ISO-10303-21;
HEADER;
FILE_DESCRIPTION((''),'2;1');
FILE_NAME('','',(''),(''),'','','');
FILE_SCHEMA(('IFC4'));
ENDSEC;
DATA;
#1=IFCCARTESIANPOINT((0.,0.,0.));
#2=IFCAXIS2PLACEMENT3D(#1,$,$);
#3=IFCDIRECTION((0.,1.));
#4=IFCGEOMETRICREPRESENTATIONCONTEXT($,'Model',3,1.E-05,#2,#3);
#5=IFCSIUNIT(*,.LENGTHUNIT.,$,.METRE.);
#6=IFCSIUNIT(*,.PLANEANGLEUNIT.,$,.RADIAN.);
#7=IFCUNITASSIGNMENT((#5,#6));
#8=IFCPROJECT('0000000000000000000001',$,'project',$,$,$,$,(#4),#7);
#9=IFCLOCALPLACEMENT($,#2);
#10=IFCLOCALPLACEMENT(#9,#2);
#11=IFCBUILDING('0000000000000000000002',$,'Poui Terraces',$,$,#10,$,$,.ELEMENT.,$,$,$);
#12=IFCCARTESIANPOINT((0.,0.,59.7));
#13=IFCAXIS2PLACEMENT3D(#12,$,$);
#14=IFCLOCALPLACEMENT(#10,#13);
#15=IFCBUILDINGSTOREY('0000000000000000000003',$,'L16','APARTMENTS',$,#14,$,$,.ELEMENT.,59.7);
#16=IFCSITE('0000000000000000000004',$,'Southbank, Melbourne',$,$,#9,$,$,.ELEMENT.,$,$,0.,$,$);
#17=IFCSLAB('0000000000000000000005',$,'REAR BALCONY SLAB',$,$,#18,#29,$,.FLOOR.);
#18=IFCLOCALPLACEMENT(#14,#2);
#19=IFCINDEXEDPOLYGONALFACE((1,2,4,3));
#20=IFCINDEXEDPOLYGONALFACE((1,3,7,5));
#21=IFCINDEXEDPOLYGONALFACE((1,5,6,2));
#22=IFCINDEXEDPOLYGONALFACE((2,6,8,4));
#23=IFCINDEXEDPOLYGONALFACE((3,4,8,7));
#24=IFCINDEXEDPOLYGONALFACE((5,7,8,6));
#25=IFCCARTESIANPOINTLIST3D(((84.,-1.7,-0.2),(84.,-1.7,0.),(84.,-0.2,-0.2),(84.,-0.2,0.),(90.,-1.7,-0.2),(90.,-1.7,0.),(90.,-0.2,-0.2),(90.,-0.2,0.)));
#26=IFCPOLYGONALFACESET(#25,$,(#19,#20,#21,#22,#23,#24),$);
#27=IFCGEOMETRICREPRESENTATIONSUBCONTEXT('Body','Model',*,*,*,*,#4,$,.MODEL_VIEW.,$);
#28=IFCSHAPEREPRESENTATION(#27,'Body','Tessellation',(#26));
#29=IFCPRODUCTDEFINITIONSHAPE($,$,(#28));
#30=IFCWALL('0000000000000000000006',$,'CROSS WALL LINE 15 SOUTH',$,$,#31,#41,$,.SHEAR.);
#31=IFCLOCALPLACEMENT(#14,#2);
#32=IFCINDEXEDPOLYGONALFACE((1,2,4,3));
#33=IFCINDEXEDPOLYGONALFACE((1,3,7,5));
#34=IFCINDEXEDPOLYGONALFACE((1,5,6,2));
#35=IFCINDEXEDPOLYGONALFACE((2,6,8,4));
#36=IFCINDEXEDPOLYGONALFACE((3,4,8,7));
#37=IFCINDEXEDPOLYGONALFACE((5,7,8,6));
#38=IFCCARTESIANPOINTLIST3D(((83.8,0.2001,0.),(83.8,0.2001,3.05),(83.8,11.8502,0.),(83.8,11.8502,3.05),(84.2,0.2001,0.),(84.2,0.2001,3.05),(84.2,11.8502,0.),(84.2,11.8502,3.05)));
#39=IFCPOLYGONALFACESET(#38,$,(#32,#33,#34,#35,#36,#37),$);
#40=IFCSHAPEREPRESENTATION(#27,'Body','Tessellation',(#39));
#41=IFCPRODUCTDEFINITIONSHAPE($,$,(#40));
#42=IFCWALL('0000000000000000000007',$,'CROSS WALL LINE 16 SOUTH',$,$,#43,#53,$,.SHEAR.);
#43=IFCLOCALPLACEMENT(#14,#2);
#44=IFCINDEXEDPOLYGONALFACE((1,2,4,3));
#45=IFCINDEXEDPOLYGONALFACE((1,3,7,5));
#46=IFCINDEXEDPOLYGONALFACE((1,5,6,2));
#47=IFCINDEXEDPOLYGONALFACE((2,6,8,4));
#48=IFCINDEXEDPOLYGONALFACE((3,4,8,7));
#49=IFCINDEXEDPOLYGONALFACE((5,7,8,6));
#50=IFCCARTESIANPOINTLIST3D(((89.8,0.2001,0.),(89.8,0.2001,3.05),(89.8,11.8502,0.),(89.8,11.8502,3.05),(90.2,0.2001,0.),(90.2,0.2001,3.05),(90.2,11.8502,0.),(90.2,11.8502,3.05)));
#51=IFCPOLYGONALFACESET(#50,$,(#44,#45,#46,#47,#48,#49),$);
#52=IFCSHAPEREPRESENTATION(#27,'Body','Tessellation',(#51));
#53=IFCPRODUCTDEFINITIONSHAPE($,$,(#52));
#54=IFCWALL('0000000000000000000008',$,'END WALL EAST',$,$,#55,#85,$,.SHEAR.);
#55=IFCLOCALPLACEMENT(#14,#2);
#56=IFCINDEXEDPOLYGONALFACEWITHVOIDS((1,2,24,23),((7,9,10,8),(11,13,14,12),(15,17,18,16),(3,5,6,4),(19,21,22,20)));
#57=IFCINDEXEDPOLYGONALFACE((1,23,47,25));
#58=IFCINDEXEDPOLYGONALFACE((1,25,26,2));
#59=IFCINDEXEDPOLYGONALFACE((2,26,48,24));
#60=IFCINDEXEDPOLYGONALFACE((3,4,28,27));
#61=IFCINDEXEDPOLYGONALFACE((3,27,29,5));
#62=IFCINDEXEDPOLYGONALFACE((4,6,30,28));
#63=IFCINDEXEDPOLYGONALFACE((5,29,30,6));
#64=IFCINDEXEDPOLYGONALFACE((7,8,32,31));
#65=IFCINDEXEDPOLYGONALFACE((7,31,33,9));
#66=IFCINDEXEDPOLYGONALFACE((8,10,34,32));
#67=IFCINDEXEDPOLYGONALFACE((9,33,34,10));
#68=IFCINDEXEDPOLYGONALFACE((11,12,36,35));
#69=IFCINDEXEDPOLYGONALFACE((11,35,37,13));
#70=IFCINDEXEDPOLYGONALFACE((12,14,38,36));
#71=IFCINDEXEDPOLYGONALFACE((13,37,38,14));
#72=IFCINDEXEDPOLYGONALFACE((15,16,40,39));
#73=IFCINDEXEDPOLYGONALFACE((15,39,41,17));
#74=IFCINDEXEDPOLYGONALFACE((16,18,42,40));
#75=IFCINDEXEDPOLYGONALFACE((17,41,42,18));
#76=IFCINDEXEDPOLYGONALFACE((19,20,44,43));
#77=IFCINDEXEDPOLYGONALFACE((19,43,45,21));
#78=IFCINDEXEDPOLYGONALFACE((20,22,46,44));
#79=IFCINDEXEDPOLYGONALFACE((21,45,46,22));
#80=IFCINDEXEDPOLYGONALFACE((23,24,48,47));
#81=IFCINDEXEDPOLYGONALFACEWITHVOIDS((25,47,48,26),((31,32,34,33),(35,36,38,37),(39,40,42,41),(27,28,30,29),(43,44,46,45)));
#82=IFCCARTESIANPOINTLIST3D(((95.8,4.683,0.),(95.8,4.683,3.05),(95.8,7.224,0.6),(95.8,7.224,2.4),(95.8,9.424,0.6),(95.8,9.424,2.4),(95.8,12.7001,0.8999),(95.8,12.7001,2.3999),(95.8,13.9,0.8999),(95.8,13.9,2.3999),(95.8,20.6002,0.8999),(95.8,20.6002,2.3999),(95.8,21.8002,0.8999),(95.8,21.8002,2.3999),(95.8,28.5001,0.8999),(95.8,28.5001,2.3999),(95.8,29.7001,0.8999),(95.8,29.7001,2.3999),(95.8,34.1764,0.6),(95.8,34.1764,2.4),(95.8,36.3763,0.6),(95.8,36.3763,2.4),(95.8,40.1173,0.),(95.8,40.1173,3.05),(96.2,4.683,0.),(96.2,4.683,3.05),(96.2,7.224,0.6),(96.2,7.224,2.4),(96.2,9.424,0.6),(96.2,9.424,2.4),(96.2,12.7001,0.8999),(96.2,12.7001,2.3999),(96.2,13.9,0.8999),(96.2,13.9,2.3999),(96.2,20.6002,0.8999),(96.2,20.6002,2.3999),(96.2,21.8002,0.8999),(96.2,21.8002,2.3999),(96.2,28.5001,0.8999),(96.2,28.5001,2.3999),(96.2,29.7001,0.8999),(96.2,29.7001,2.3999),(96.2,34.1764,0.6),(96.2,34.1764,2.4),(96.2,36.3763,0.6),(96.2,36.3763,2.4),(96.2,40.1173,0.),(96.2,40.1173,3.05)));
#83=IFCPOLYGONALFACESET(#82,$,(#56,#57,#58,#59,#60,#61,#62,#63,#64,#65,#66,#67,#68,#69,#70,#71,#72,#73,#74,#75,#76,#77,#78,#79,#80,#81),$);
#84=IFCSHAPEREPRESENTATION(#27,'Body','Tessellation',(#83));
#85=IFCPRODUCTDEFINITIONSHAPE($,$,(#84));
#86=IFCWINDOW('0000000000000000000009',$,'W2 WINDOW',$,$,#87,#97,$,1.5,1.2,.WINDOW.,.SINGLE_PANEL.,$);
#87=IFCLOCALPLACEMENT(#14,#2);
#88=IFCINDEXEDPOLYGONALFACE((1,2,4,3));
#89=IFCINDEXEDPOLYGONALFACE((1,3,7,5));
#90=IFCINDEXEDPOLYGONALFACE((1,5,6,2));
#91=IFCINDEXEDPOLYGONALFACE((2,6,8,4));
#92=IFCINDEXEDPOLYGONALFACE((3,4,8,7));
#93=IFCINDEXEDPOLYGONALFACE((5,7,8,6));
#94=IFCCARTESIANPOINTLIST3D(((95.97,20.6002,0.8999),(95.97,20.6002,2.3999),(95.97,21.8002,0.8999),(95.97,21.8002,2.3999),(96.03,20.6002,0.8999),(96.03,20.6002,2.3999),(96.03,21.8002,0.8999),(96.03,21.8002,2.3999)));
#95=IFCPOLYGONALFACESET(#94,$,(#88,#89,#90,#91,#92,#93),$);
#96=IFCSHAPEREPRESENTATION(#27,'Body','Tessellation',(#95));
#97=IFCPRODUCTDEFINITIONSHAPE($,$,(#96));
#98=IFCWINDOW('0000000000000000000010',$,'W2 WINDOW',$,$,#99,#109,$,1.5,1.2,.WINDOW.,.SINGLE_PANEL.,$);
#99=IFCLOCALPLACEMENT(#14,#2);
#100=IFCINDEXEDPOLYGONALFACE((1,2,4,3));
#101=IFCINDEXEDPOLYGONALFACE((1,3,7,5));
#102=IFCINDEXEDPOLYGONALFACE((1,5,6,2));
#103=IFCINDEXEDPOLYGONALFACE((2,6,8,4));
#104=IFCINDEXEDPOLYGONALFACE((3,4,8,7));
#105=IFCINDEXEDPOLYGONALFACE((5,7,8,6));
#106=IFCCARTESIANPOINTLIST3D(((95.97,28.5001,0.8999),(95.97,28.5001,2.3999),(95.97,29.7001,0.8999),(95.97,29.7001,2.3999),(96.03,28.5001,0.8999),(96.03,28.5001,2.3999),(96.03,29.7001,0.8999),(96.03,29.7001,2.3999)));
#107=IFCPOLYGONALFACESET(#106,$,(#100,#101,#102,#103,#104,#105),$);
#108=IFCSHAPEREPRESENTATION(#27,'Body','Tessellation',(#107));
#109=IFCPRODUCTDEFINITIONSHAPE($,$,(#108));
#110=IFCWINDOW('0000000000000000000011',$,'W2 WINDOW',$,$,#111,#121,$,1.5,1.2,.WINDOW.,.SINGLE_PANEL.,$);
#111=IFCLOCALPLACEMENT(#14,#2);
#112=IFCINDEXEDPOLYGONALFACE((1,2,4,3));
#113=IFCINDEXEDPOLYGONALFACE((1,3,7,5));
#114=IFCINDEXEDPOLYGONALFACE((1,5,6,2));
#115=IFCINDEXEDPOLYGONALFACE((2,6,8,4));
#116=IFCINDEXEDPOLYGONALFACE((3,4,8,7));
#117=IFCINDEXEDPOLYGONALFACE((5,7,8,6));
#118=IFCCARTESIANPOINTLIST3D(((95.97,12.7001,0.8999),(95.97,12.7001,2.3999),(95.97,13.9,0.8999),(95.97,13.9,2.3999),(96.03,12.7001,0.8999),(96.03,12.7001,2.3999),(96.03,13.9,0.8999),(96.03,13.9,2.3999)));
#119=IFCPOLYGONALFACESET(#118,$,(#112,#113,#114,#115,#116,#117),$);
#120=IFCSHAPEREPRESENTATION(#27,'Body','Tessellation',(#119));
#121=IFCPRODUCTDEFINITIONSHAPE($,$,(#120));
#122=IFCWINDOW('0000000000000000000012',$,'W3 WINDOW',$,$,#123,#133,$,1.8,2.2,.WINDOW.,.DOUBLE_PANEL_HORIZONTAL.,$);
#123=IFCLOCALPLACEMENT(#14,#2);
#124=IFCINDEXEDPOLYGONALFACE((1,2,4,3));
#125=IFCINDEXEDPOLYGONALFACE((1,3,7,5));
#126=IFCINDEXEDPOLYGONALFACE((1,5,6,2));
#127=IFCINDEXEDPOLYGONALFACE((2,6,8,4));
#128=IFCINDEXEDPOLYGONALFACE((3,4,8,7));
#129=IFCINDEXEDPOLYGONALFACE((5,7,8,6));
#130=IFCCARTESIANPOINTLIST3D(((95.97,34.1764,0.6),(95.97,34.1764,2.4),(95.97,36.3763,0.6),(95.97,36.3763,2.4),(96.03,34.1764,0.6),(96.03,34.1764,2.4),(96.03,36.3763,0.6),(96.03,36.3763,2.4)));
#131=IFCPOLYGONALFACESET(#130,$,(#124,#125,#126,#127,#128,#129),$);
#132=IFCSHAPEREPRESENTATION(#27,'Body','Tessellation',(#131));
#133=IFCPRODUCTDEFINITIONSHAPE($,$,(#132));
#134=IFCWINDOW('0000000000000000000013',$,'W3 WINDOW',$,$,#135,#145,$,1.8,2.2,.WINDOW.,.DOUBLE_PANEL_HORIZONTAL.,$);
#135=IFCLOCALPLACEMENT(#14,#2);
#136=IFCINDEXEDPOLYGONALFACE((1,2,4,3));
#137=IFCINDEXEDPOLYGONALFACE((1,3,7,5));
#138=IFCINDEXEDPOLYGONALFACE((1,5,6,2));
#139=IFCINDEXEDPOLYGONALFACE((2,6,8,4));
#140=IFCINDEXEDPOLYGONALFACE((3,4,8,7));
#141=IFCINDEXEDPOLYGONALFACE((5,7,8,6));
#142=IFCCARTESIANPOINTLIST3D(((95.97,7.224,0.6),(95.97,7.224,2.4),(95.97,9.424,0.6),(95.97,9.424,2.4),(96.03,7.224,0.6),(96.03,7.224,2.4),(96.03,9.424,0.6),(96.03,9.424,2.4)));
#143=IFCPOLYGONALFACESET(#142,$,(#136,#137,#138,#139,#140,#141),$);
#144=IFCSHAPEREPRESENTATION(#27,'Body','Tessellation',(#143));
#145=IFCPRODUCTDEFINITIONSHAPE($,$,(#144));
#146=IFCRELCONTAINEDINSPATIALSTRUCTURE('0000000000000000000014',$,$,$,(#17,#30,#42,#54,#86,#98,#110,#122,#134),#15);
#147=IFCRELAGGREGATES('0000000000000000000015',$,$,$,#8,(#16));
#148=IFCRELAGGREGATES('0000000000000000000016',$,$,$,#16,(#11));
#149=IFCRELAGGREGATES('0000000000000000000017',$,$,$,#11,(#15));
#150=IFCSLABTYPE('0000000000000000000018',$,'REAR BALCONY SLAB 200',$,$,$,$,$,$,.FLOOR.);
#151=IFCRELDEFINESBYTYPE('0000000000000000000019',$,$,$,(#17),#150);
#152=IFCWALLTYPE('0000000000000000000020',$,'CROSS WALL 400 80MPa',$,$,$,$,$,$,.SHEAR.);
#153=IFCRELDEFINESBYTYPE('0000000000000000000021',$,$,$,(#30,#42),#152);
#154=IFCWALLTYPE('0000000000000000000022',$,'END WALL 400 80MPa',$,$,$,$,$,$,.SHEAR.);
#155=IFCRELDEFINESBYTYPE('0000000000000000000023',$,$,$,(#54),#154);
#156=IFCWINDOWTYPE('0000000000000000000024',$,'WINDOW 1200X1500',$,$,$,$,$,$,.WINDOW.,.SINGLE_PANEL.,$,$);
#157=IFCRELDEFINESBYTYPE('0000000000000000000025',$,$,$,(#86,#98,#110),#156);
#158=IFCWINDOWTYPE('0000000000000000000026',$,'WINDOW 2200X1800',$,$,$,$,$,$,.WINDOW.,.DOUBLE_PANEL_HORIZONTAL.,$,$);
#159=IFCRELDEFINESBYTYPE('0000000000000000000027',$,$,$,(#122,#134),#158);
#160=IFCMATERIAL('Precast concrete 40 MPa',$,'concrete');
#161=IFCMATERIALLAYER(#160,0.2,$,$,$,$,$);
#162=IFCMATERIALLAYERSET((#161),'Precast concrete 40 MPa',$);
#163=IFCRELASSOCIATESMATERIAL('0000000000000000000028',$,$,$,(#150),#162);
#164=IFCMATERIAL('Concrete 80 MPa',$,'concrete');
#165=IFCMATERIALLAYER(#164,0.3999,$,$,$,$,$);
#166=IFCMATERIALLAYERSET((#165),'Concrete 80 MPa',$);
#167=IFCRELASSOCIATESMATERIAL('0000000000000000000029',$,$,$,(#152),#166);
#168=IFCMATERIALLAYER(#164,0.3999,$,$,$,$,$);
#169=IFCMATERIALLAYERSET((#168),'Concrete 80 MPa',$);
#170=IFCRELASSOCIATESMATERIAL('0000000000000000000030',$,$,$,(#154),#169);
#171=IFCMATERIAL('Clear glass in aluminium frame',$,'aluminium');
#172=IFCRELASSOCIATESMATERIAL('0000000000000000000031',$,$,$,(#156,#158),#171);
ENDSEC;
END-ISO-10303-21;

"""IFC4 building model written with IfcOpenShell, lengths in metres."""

from ifc_helpers import new_model, si_unit, direction, frame, frame_2d, origin, place, context, subcontext, project, spatial, polyline, rectangle, outline, extrude, source, transform, mapped, material, layer, layer_set, type_object, element, fill, save


model = new_model("IFC4")

# Units and contexts
model_context = context("Model", 3, precision=1e-05, world=origin(), true_north=direction((0.0, 1.0)))
body_context = subcontext(model_context, "Body", "Model", "MODEL_VIEW")
ifc_project = project(units=[si_unit("LENGTHUNIT", "METRE"), si_unit("PLANEANGLEUNIT", "RADIAN")], contexts=[model_context])

# Site, building, storey
site_placement = place(None, origin())
site = spatial("IfcSite", under=ifc_project, at=site_placement, Name="Southbank, Melbourne", CompositionType="ELEMENT", RefElevation=0.0)
building_placement = place(site_placement, origin())
building = spatial("IfcBuilding", under=site, at=building_placement, Name="Poui Terraces", CompositionType="ELEMENT")
storey_placement = place(building_placement, frame((0.0, 0.0, 59.7)))
storey = spatial("IfcBuildingStorey", under=building, at=storey_placement, Name="L16", Description="APARTMENTS", CompositionType="ELEMENT", Elevation=59.7)

# Slab
ifc_material_1 = material(Name="Precast concrete 40 MPa", Category="concrete")
ifc_layer_1 = layer(ifc_material_1, 0.2)
ifc_layer_set_1 = layer_set([ifc_layer_1], Name="Precast concrete 40 MPa")
slab_type = type_object("IfcSlabType", Name="REAR BALCONY SLAB 200", PredefinedType="FLOOR", material=ifc_layer_set_1)
shared_shape_1 = source(origin(), body_context, "Body", "SweptSolid", [
    extrude(outline(polyline([(0.0, 0.0), (6.0, 0.0), (6.0, 1.5), (0.0, 1.5), (0.0, 0.0)])), origin(), (0.0, 0.0, 1.0), 0.2),
])
slab_placement = place(storey_placement, frame((84.0, -1.7, -0.2)))
element("IfcSlab", 1, at=slab_placement, inside=storey, type_object=slab_type, Name="REAR BALCONY SLAB", PredefinedType="FLOOR", context=body_context, shape_type="MappedRepresentation", body=[
    mapped(shared_shape_1, transform((0.0, 0.0, 0.0))),
])

# Walls
ifc_material_2 = material(Name="Concrete 80 MPa", Category="concrete")
ifc_layer_2 = layer(ifc_material_2, 0.3999)
ifc_layer_set_2 = layer_set([ifc_layer_2], Name="Concrete 80 MPa")
wall_type_1 = type_object("IfcWallType", Name="CROSS WALL 400 80MPa", PredefinedType="SHEAR", material=ifc_layer_set_2)
for number, where, z_axis, x_axis, name in (
    (2, (84.0, 0.2, 0.0), (0.0, 0.0, 1.0), (0.0, 1.0, 0.0), "CROSS WALL LINE 15 SOUTH"),
    (3, (90.0, 0.2, 0.0), (0.0, 0.0, 1.0), (0.0, 1.0, 0.0), "CROSS WALL LINE 16 SOUTH"),
):
    element("IfcWall", number, at=place(storey_placement, frame(where, z_axis=z_axis, x_axis=x_axis)), inside=storey, type_object=wall_type_1, Name=name, PredefinedType="SHEAR", context=body_context, shape_type="SweptSolid", body=[
        extrude(rectangle(XDim=11.6501, YDim=0.3999, at=frame_2d((5.8252, 0.0))), origin(), (0.0, 0.0, 1.0), 3.05),
    ])

# Wall, openings, windows
ifc_layer_3 = layer(ifc_material_2, 0.3999)
ifc_layer_set_3 = layer_set([ifc_layer_3], Name="Concrete 80 MPa")
wall_type_2 = type_object("IfcWallType", Name="END WALL 400 80MPa", PredefinedType="SHEAR", material=ifc_layer_set_3)
wall_1_placement = place(storey_placement, frame((96.0, 4.6829, 0.0), z_axis=(0.0, 0.0, 1.0), x_axis=(0.0, 1.0, 0.0)))
wall_1 = element("IfcWall", 4, at=wall_1_placement, inside=storey, type_object=wall_type_2, Name="END WALL EAST", PredefinedType="SHEAR", context=body_context, shape_type="SweptSolid", body=[
    extrude(rectangle(XDim=35.4343, YDim=0.3999, at=frame_2d((17.7173, 0.0))), origin(), (0.0, 0.0, 1.0), 3.05),
])
opening_1_placement = place(wall_1_placement, frame((15.9172, 0.0, 0.8999)))
opening_1 = element("IfcOpeningElement", 5, at=opening_1_placement, cuts=wall_1, PredefinedType="OPENING", context=body_context, shape_type="SweptSolid", body=[
    extrude(rectangle(XDim=1.2, YDim=1.5, at=frame_2d((0.6001, 0.75))), frame((0.0, 0.21, 0.0), z_axis=(0.0, -1.0, 0.0), x_axis=(1.0, 0.0, 0.0)), (0.0, 0.0, 1.0), 0.4199),
])
opening_2_placement = place(wall_1_placement, frame((23.8171, 0.0, 0.8999)))
opening_2 = element("IfcOpeningElement", 6, at=opening_2_placement, cuts=wall_1, PredefinedType="OPENING", context=body_context, shape_type="SweptSolid", body=[
    extrude(rectangle(XDim=1.2, YDim=1.5, at=frame_2d((0.6001, 0.75))), frame((0.0, 0.21, 0.0), z_axis=(0.0, -1.0, 0.0), x_axis=(1.0, 0.0, 0.0)), (0.0, 0.0, 1.0), 0.4199),
])
opening_3_placement = place(wall_1_placement, frame((8.0171, 0.0, 0.8999)))
opening_3 = element("IfcOpeningElement", 7, at=opening_3_placement, cuts=wall_1, PredefinedType="OPENING", context=body_context, shape_type="SweptSolid", body=[
    extrude(rectangle(XDim=1.2, YDim=1.5, at=frame_2d((0.6001, 0.75))), frame((0.0, 0.21, 0.0), z_axis=(0.0, -1.0, 0.0), x_axis=(1.0, 0.0, 0.0)), (0.0, 0.0, 1.0), 0.4199),
])
opening_4_placement = place(wall_1_placement, frame((29.4934, 0.0, 0.6001)))
opening_4 = element("IfcOpeningElement", 8, at=opening_4_placement, cuts=wall_1, PredefinedType="OPENING", context=body_context, shape_type="SweptSolid", body=[
    extrude(rectangle(XDim=2.2, YDim=1.8, at=frame_2d((1.1001, 0.8999))), frame((0.0, 0.21, 0.0), z_axis=(0.0, -1.0, 0.0), x_axis=(1.0, 0.0, 0.0)), (0.0, 0.0, 1.0), 0.4199),
])
opening_5_placement = place(wall_1_placement, frame((2.541, 0.0, 0.6001)))
opening_5 = element("IfcOpeningElement", 9, at=opening_5_placement, cuts=wall_1, PredefinedType="OPENING", context=body_context, shape_type="SweptSolid", body=[
    extrude(rectangle(XDim=2.2, YDim=1.8, at=frame_2d((1.1001, 0.8999))), frame((0.0, 0.21, 0.0), z_axis=(0.0, -1.0, 0.0), x_axis=(1.0, 0.0, 0.0)), (0.0, 0.0, 1.0), 0.4199),
])
ifc_material_3 = material(Name="Clear glass in aluminium frame", Category="aluminium")
window_type_1 = type_object("IfcWindowType", Name="WINDOW 1200X1500", PartitioningType="SINGLE_PANEL", PredefinedType="WINDOW", material=ifc_material_3)
window_1_placement = place(opening_1_placement, origin())
window_1 = element("IfcWindow", 10, at=window_1_placement, inside=storey, type_object=window_type_1, Name="W2 WINDOW", OverallHeight=1.5, OverallWidth=1.2, PartitioningType="SINGLE_PANEL", PredefinedType="WINDOW", context=body_context, shape_type="SweptSolid", body=[
    extrude(rectangle(XDim=1.2, YDim=1.5, at=frame_2d((0.6001, 0.75))), frame((0.0, 0.03, 0.0), z_axis=(0.0, -1.0, 0.0), x_axis=(1.0, 0.0, 0.0)), (0.0, 0.0, 1.0), 0.0601),
])
fill(opening_1, window_1)
window_2_placement = place(opening_2_placement, origin())
window_2 = element("IfcWindow", 11, at=window_2_placement, inside=storey, type_object=window_type_1, Name="W2 WINDOW", OverallHeight=1.5, OverallWidth=1.2, PartitioningType="SINGLE_PANEL", PredefinedType="WINDOW", context=body_context, shape_type="SweptSolid", body=[
    extrude(rectangle(XDim=1.2, YDim=1.5, at=frame_2d((0.6001, 0.75))), frame((0.0, 0.03, 0.0), z_axis=(0.0, -1.0, 0.0), x_axis=(1.0, 0.0, 0.0)), (0.0, 0.0, 1.0), 0.0601),
])
fill(opening_2, window_2)
window_3_placement = place(opening_3_placement, origin())
window_3 = element("IfcWindow", 12, at=window_3_placement, inside=storey, type_object=window_type_1, Name="W2 WINDOW", OverallHeight=1.5, OverallWidth=1.2, PartitioningType="SINGLE_PANEL", PredefinedType="WINDOW", context=body_context, shape_type="SweptSolid", body=[
    extrude(rectangle(XDim=1.2, YDim=1.5, at=frame_2d((0.6001, 0.75))), frame((0.0, 0.03, 0.0), z_axis=(0.0, -1.0, 0.0), x_axis=(1.0, 0.0, 0.0)), (0.0, 0.0, 1.0), 0.0601),
])
fill(opening_3, window_3)
window_type_2 = type_object("IfcWindowType", Name="WINDOW 2200X1800", PartitioningType="DOUBLE_PANEL_HORIZONTAL", PredefinedType="WINDOW", material=ifc_material_3)
window_4_placement = place(opening_4_placement, origin())
window_4 = element("IfcWindow", 13, at=window_4_placement, inside=storey, type_object=window_type_2, Name="W3 WINDOW", OverallHeight=1.8, OverallWidth=2.2, PartitioningType="DOUBLE_PANEL_HORIZONTAL", PredefinedType="WINDOW", context=body_context, shape_type="SweptSolid", body=[
    extrude(rectangle(XDim=2.2, YDim=1.8, at=frame_2d((1.1001, 0.8999))), frame((0.0, 0.03, 0.0), z_axis=(0.0, -1.0, 0.0), x_axis=(1.0, 0.0, 0.0)), (0.0, 0.0, 1.0), 0.0601),
])
fill(opening_4, window_4)
window_5_placement = place(opening_5_placement, origin())
window_5 = element("IfcWindow", 14, at=window_5_placement, inside=storey, type_object=window_type_2, Name="W3 WINDOW", OverallHeight=1.8, OverallWidth=2.2, PartitioningType="DOUBLE_PANEL_HORIZONTAL", PredefinedType="WINDOW", context=body_context, shape_type="SweptSolid", body=[
    extrude(rectangle(XDim=2.2, YDim=1.8, at=frame_2d((1.1001, 0.8999))), frame((0.0, 0.03, 0.0), z_axis=(0.0, -1.0, 0.0), x_axis=(1.0, 0.0, 0.0)), (0.0, 0.0, 1.0), 0.0601),
])
fill(opening_5, window_5)

save(model, "model.ifc")
